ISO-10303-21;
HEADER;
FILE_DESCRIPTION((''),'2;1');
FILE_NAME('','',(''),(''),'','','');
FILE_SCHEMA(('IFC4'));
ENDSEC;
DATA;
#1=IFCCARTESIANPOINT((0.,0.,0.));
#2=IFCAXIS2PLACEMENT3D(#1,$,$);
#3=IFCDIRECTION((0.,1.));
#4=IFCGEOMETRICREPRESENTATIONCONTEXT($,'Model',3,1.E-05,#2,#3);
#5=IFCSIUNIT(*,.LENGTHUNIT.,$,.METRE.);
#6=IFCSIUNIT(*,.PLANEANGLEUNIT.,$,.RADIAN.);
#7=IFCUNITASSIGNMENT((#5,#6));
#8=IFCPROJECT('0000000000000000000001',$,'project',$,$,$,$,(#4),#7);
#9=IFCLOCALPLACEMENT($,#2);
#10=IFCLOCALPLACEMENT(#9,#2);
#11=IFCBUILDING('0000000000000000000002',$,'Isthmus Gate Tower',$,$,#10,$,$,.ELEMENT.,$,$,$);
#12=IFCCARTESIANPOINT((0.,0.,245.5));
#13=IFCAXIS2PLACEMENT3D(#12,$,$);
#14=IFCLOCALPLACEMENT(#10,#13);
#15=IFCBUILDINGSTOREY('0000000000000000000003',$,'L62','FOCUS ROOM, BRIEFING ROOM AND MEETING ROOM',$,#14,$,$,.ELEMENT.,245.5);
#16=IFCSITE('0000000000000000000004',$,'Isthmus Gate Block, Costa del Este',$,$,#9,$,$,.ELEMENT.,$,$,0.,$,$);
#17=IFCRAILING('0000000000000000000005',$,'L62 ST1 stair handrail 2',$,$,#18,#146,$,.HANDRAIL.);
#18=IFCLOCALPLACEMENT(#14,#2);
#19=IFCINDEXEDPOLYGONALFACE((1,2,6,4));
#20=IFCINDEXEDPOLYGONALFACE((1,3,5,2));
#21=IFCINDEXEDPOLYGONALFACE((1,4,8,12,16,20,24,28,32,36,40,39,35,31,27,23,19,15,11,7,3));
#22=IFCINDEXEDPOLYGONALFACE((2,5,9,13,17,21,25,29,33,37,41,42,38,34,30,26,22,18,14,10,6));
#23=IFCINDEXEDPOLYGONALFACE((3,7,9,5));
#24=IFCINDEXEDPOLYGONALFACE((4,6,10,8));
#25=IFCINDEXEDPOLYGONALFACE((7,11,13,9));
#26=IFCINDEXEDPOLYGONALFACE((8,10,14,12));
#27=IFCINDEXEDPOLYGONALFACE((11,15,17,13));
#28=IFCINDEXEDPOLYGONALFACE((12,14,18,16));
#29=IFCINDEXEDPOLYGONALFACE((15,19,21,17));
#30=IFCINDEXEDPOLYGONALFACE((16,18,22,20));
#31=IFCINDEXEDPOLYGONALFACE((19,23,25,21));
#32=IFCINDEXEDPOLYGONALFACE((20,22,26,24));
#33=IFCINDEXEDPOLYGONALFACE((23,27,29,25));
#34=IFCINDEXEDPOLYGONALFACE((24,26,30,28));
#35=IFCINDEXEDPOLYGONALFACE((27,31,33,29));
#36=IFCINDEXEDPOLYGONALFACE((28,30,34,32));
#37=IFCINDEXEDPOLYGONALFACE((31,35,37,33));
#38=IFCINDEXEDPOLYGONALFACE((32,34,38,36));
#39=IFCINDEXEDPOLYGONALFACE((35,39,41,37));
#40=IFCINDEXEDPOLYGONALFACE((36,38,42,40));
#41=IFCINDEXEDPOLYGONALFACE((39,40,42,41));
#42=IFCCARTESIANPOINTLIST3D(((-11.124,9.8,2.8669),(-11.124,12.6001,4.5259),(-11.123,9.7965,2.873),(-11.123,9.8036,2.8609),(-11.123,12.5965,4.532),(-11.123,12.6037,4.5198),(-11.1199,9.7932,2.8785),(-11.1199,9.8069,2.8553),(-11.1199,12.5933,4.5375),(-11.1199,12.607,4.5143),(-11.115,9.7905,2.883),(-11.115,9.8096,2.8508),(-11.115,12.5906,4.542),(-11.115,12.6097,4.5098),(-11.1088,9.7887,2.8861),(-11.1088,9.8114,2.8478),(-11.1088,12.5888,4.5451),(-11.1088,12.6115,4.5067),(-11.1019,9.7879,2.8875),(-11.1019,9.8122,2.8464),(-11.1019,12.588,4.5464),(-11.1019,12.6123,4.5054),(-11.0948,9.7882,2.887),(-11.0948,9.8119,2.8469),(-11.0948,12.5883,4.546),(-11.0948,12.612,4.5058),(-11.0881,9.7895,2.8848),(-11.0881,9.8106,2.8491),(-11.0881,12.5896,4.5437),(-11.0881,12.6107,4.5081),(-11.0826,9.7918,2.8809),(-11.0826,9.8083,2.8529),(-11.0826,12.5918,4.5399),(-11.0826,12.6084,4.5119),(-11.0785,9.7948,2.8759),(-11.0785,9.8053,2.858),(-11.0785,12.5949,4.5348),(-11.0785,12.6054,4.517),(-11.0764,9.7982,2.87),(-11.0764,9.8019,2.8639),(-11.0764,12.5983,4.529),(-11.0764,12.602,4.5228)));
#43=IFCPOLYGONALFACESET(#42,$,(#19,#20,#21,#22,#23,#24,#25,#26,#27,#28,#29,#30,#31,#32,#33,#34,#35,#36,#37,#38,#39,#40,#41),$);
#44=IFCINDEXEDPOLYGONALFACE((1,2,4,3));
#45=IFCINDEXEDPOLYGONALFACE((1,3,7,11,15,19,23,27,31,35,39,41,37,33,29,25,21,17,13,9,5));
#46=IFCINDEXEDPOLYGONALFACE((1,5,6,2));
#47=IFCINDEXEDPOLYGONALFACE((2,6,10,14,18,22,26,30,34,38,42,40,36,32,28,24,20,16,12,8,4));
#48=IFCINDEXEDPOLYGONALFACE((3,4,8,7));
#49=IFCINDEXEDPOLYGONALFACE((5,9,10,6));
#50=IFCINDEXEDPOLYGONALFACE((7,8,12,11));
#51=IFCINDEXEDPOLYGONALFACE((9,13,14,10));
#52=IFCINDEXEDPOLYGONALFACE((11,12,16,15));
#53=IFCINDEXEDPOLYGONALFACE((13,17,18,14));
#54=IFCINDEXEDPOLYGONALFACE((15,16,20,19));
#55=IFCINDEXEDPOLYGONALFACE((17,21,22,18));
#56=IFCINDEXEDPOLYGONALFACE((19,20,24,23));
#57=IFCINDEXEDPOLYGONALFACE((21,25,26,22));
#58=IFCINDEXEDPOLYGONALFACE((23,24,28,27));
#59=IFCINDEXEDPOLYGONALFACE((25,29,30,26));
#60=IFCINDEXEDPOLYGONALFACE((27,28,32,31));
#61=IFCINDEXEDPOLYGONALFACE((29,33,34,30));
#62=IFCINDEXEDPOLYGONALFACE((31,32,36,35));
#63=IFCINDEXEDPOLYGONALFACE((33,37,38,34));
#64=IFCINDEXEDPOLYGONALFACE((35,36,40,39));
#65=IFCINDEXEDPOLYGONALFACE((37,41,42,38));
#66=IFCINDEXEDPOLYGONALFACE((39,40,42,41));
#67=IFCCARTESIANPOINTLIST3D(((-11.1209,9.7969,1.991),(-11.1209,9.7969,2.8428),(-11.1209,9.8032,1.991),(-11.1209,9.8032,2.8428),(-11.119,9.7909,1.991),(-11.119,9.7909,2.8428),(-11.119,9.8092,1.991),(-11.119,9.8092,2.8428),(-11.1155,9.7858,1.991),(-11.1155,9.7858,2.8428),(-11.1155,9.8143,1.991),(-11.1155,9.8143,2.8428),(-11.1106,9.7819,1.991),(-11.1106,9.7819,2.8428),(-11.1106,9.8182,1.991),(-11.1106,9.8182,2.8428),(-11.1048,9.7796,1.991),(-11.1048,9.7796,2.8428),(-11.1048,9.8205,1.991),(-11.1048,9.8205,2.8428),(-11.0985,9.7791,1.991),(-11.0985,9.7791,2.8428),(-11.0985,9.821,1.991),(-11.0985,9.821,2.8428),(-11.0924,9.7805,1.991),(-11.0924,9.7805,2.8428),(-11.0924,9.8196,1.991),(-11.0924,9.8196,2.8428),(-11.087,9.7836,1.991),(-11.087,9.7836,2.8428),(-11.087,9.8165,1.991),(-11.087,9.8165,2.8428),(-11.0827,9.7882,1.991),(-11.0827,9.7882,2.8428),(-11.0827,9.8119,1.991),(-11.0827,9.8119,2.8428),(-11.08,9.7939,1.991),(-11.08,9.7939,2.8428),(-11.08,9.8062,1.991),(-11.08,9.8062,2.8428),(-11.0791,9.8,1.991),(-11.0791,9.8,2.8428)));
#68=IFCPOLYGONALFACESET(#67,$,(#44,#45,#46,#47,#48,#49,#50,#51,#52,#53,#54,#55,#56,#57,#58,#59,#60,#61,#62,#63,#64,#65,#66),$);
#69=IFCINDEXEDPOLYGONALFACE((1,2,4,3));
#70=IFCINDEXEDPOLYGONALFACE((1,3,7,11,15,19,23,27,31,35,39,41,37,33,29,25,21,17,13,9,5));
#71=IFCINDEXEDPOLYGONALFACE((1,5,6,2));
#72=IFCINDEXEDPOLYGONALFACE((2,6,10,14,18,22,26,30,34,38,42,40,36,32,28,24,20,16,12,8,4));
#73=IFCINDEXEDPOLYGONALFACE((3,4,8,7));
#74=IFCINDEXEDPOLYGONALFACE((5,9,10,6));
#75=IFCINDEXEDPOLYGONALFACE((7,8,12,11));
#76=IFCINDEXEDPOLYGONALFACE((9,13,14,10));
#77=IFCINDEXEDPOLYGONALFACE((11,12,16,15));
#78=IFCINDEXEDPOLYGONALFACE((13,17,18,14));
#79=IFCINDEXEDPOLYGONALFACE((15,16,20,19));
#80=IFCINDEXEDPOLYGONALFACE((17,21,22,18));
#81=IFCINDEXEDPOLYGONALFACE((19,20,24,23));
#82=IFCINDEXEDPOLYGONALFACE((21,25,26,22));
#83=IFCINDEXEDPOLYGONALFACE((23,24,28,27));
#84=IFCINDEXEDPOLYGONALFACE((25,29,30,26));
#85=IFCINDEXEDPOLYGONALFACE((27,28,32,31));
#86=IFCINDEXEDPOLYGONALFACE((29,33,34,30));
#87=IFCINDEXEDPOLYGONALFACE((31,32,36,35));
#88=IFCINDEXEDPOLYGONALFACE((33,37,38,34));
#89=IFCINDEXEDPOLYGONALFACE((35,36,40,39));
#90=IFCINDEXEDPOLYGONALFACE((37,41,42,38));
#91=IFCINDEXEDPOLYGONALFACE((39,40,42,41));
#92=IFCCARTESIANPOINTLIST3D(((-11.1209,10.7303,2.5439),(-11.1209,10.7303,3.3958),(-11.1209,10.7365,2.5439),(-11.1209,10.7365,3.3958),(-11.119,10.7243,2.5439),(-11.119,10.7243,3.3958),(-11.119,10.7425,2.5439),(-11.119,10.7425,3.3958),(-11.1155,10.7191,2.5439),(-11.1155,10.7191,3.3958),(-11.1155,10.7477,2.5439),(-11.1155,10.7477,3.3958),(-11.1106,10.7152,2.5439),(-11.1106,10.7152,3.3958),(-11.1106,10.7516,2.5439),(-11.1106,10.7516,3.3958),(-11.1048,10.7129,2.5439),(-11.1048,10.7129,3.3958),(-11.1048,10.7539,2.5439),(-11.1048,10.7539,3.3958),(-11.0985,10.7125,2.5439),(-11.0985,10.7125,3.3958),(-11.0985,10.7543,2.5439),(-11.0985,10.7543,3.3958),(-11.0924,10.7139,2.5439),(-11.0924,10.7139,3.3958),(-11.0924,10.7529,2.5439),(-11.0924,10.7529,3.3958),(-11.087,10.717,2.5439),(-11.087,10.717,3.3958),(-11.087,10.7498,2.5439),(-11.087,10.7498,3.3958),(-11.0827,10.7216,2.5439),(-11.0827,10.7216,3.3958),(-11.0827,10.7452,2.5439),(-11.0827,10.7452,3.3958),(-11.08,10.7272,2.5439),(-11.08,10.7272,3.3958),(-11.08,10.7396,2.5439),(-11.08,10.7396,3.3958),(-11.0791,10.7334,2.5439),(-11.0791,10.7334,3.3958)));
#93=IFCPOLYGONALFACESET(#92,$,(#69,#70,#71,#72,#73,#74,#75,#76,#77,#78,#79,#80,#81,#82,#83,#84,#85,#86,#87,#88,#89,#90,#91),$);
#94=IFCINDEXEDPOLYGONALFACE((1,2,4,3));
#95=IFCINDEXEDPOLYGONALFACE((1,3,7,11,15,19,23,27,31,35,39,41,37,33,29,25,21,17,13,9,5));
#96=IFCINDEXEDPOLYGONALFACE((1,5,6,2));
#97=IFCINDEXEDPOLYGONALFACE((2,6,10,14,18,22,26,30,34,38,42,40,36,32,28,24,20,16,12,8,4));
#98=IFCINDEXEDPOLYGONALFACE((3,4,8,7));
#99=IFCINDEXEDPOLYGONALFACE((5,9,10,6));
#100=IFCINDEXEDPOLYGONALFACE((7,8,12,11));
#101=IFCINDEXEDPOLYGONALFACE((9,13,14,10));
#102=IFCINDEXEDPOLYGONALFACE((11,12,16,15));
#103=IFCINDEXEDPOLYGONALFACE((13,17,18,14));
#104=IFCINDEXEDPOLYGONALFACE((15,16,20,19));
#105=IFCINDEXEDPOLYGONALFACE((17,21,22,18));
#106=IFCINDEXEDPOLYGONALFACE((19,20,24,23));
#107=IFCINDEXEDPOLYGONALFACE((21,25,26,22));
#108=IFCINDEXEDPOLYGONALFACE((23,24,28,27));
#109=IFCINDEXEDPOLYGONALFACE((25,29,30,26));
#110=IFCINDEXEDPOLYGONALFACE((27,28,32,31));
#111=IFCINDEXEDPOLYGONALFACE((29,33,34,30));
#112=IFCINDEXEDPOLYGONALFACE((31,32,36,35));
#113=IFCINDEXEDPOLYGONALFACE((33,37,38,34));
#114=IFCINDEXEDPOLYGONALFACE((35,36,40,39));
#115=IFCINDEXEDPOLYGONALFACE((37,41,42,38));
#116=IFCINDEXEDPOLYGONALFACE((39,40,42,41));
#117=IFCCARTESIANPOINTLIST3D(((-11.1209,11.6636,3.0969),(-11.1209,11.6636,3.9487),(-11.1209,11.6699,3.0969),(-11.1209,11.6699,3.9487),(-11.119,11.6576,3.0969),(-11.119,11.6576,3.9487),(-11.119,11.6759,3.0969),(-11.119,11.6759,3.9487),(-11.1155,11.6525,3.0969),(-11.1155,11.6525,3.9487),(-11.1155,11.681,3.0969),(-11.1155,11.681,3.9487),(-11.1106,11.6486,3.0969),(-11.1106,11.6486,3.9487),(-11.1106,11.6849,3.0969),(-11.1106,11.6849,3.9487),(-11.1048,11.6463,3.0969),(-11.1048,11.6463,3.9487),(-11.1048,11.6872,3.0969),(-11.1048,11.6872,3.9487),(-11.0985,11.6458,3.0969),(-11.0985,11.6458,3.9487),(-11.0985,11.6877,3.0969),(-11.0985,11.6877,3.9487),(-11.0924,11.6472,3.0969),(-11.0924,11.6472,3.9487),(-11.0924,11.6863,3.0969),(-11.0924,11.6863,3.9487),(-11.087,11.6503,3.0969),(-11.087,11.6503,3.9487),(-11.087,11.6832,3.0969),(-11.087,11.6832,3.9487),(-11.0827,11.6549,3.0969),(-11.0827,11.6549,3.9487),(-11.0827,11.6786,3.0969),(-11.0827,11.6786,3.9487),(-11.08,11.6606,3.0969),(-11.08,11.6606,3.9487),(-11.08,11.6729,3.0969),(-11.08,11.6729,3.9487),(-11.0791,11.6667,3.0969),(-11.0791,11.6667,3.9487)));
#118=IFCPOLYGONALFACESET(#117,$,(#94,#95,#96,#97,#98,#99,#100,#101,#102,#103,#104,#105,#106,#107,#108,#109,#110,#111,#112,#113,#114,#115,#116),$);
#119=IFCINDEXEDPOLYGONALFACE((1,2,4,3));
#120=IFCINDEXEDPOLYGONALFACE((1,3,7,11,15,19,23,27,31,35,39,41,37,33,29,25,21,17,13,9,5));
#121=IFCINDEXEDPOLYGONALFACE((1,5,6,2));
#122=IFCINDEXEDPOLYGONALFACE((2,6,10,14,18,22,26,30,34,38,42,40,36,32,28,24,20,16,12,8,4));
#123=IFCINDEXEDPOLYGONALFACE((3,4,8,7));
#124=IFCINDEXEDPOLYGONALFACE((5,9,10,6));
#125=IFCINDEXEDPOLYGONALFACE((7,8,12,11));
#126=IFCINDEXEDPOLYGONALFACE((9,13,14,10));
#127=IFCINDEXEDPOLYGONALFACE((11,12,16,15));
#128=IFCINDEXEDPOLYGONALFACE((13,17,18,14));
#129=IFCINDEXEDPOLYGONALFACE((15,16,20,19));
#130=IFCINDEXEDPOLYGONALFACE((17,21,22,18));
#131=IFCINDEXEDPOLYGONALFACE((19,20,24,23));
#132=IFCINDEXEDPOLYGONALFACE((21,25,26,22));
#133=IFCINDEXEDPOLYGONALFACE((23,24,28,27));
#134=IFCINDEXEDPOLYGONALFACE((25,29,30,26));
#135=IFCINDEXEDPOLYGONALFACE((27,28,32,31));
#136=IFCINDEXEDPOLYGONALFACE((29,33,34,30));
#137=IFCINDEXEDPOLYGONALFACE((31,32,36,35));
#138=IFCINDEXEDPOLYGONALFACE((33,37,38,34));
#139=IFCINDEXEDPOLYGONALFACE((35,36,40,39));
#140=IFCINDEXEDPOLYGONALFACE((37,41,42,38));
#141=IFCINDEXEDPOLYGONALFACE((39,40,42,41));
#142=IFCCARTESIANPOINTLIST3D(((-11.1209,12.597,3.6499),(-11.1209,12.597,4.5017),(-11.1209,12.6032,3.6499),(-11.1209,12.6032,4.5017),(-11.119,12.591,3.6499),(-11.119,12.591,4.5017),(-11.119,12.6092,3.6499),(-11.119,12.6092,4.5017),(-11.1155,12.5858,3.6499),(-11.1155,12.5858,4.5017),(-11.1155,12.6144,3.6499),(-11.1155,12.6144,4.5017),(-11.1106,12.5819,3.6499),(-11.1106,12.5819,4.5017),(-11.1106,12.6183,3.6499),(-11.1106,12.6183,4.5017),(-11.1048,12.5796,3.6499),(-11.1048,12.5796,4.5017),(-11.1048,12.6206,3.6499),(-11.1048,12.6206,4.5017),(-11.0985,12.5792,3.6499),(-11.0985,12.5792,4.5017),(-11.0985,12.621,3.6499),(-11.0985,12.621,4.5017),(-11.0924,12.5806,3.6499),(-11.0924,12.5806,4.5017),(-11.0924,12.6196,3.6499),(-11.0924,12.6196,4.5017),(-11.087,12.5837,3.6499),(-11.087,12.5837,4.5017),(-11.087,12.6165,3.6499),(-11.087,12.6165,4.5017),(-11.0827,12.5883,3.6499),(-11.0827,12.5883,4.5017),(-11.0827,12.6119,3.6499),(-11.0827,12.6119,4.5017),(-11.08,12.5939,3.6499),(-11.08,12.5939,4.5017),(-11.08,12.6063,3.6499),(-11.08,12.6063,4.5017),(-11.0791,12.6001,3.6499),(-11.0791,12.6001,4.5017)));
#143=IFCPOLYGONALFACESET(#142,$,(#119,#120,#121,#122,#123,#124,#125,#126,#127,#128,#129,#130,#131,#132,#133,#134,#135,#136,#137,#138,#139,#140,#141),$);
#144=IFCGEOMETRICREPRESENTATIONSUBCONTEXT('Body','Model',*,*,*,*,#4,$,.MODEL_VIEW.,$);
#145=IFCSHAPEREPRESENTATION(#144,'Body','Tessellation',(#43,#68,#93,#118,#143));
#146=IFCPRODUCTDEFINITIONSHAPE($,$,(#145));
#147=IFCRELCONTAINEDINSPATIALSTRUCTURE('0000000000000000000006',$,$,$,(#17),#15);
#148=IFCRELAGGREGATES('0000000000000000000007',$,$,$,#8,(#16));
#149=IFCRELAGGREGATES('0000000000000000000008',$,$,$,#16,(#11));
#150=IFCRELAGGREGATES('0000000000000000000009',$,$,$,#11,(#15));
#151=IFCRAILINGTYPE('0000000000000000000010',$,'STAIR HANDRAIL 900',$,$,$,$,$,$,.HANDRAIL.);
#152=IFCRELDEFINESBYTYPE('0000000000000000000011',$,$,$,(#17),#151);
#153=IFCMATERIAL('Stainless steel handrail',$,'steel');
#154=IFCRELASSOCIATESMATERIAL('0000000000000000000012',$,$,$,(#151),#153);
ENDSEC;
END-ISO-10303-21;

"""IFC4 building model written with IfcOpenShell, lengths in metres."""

from ifc_helpers import new_model, si_unit, direction, frame, origin, origin_2d, place, context, subcontext, project, spatial, circle, extrude, material, type_object, element, save


model = new_model("IFC4")

# Units and contexts
model_context = context("Model", 3, precision=1e-05, world=origin(), true_north=direction((0.0, 1.0)))
body_context = subcontext(model_context, "Body", "Model", "MODEL_VIEW")
ifc_project = project(units=[si_unit("LENGTHUNIT", "METRE"), si_unit("PLANEANGLEUNIT", "RADIAN")], contexts=[model_context])

# Site, building, storey
site_placement = place(None, origin())
site = spatial("IfcSite", under=ifc_project, at=site_placement, Name="Isthmus Gate Block, Costa del Este", CompositionType="ELEMENT", RefElevation=0.0)
building_placement = place(site_placement, origin())
building = spatial("IfcBuilding", under=site, at=building_placement, Name="Isthmus Gate Tower", CompositionType="ELEMENT")
storey_placement = place(building_placement, frame((0.0, 0.0, 245.5)))
storey = spatial("IfcBuildingStorey", under=building, at=storey_placement, Name="L62", Description="FOCUS ROOM, BRIEFING ROOM AND MEETING ROOM", CompositionType="ELEMENT", Elevation=245.5)

# Railing
ifc_material_1 = material(Name="Stainless steel handrail", Category="steel")
railing_type_1 = type_object("IfcRailingType", Name="STAIR HANDRAIL 900", PredefinedType="HANDRAIL", material=ifc_material_1)
railing_1_placement = place(storey_placement, frame((-11.1001, 9.8, 1.991)))
element("IfcRailing", 1, at=railing_1_placement, inside=storey, type_object=railing_type_1, Name="L62 ST1 stair handrail 2", PredefinedType="HANDRAIL", context=body_context, shape_type="SweptSolid", body=[
    extrude(circle(Radius=0.0239, at=origin_2d()), frame((0.0, 0.0, 0.876), z_axis=(0.0, 0.860339, 0.509722), x_axis=(-1.0, 0.0, 0.0)), (0.0, 0.0, 1.0), 3.2546),
    extrude(circle(Radius=0.021, at=origin_2d()), origin(), (0.0, 0.0, 1.0), 0.8518),
    extrude(circle(Radius=0.021, at=origin_2d()), frame((0.0, 0.9333, 0.553)), (0.0, 0.0, 1.0), 0.8518),
    extrude(circle(Radius=0.021, at=origin_2d()), frame((0.0, 1.8667, 1.106)), (0.0, 0.0, 1.0), 0.8518),
    extrude(circle(Radius=0.021, at=origin_2d()), frame((0.0, 2.8, 1.6589)), (0.0, 0.0, 1.0), 0.8518),
])

save(model, "model.ifc")
